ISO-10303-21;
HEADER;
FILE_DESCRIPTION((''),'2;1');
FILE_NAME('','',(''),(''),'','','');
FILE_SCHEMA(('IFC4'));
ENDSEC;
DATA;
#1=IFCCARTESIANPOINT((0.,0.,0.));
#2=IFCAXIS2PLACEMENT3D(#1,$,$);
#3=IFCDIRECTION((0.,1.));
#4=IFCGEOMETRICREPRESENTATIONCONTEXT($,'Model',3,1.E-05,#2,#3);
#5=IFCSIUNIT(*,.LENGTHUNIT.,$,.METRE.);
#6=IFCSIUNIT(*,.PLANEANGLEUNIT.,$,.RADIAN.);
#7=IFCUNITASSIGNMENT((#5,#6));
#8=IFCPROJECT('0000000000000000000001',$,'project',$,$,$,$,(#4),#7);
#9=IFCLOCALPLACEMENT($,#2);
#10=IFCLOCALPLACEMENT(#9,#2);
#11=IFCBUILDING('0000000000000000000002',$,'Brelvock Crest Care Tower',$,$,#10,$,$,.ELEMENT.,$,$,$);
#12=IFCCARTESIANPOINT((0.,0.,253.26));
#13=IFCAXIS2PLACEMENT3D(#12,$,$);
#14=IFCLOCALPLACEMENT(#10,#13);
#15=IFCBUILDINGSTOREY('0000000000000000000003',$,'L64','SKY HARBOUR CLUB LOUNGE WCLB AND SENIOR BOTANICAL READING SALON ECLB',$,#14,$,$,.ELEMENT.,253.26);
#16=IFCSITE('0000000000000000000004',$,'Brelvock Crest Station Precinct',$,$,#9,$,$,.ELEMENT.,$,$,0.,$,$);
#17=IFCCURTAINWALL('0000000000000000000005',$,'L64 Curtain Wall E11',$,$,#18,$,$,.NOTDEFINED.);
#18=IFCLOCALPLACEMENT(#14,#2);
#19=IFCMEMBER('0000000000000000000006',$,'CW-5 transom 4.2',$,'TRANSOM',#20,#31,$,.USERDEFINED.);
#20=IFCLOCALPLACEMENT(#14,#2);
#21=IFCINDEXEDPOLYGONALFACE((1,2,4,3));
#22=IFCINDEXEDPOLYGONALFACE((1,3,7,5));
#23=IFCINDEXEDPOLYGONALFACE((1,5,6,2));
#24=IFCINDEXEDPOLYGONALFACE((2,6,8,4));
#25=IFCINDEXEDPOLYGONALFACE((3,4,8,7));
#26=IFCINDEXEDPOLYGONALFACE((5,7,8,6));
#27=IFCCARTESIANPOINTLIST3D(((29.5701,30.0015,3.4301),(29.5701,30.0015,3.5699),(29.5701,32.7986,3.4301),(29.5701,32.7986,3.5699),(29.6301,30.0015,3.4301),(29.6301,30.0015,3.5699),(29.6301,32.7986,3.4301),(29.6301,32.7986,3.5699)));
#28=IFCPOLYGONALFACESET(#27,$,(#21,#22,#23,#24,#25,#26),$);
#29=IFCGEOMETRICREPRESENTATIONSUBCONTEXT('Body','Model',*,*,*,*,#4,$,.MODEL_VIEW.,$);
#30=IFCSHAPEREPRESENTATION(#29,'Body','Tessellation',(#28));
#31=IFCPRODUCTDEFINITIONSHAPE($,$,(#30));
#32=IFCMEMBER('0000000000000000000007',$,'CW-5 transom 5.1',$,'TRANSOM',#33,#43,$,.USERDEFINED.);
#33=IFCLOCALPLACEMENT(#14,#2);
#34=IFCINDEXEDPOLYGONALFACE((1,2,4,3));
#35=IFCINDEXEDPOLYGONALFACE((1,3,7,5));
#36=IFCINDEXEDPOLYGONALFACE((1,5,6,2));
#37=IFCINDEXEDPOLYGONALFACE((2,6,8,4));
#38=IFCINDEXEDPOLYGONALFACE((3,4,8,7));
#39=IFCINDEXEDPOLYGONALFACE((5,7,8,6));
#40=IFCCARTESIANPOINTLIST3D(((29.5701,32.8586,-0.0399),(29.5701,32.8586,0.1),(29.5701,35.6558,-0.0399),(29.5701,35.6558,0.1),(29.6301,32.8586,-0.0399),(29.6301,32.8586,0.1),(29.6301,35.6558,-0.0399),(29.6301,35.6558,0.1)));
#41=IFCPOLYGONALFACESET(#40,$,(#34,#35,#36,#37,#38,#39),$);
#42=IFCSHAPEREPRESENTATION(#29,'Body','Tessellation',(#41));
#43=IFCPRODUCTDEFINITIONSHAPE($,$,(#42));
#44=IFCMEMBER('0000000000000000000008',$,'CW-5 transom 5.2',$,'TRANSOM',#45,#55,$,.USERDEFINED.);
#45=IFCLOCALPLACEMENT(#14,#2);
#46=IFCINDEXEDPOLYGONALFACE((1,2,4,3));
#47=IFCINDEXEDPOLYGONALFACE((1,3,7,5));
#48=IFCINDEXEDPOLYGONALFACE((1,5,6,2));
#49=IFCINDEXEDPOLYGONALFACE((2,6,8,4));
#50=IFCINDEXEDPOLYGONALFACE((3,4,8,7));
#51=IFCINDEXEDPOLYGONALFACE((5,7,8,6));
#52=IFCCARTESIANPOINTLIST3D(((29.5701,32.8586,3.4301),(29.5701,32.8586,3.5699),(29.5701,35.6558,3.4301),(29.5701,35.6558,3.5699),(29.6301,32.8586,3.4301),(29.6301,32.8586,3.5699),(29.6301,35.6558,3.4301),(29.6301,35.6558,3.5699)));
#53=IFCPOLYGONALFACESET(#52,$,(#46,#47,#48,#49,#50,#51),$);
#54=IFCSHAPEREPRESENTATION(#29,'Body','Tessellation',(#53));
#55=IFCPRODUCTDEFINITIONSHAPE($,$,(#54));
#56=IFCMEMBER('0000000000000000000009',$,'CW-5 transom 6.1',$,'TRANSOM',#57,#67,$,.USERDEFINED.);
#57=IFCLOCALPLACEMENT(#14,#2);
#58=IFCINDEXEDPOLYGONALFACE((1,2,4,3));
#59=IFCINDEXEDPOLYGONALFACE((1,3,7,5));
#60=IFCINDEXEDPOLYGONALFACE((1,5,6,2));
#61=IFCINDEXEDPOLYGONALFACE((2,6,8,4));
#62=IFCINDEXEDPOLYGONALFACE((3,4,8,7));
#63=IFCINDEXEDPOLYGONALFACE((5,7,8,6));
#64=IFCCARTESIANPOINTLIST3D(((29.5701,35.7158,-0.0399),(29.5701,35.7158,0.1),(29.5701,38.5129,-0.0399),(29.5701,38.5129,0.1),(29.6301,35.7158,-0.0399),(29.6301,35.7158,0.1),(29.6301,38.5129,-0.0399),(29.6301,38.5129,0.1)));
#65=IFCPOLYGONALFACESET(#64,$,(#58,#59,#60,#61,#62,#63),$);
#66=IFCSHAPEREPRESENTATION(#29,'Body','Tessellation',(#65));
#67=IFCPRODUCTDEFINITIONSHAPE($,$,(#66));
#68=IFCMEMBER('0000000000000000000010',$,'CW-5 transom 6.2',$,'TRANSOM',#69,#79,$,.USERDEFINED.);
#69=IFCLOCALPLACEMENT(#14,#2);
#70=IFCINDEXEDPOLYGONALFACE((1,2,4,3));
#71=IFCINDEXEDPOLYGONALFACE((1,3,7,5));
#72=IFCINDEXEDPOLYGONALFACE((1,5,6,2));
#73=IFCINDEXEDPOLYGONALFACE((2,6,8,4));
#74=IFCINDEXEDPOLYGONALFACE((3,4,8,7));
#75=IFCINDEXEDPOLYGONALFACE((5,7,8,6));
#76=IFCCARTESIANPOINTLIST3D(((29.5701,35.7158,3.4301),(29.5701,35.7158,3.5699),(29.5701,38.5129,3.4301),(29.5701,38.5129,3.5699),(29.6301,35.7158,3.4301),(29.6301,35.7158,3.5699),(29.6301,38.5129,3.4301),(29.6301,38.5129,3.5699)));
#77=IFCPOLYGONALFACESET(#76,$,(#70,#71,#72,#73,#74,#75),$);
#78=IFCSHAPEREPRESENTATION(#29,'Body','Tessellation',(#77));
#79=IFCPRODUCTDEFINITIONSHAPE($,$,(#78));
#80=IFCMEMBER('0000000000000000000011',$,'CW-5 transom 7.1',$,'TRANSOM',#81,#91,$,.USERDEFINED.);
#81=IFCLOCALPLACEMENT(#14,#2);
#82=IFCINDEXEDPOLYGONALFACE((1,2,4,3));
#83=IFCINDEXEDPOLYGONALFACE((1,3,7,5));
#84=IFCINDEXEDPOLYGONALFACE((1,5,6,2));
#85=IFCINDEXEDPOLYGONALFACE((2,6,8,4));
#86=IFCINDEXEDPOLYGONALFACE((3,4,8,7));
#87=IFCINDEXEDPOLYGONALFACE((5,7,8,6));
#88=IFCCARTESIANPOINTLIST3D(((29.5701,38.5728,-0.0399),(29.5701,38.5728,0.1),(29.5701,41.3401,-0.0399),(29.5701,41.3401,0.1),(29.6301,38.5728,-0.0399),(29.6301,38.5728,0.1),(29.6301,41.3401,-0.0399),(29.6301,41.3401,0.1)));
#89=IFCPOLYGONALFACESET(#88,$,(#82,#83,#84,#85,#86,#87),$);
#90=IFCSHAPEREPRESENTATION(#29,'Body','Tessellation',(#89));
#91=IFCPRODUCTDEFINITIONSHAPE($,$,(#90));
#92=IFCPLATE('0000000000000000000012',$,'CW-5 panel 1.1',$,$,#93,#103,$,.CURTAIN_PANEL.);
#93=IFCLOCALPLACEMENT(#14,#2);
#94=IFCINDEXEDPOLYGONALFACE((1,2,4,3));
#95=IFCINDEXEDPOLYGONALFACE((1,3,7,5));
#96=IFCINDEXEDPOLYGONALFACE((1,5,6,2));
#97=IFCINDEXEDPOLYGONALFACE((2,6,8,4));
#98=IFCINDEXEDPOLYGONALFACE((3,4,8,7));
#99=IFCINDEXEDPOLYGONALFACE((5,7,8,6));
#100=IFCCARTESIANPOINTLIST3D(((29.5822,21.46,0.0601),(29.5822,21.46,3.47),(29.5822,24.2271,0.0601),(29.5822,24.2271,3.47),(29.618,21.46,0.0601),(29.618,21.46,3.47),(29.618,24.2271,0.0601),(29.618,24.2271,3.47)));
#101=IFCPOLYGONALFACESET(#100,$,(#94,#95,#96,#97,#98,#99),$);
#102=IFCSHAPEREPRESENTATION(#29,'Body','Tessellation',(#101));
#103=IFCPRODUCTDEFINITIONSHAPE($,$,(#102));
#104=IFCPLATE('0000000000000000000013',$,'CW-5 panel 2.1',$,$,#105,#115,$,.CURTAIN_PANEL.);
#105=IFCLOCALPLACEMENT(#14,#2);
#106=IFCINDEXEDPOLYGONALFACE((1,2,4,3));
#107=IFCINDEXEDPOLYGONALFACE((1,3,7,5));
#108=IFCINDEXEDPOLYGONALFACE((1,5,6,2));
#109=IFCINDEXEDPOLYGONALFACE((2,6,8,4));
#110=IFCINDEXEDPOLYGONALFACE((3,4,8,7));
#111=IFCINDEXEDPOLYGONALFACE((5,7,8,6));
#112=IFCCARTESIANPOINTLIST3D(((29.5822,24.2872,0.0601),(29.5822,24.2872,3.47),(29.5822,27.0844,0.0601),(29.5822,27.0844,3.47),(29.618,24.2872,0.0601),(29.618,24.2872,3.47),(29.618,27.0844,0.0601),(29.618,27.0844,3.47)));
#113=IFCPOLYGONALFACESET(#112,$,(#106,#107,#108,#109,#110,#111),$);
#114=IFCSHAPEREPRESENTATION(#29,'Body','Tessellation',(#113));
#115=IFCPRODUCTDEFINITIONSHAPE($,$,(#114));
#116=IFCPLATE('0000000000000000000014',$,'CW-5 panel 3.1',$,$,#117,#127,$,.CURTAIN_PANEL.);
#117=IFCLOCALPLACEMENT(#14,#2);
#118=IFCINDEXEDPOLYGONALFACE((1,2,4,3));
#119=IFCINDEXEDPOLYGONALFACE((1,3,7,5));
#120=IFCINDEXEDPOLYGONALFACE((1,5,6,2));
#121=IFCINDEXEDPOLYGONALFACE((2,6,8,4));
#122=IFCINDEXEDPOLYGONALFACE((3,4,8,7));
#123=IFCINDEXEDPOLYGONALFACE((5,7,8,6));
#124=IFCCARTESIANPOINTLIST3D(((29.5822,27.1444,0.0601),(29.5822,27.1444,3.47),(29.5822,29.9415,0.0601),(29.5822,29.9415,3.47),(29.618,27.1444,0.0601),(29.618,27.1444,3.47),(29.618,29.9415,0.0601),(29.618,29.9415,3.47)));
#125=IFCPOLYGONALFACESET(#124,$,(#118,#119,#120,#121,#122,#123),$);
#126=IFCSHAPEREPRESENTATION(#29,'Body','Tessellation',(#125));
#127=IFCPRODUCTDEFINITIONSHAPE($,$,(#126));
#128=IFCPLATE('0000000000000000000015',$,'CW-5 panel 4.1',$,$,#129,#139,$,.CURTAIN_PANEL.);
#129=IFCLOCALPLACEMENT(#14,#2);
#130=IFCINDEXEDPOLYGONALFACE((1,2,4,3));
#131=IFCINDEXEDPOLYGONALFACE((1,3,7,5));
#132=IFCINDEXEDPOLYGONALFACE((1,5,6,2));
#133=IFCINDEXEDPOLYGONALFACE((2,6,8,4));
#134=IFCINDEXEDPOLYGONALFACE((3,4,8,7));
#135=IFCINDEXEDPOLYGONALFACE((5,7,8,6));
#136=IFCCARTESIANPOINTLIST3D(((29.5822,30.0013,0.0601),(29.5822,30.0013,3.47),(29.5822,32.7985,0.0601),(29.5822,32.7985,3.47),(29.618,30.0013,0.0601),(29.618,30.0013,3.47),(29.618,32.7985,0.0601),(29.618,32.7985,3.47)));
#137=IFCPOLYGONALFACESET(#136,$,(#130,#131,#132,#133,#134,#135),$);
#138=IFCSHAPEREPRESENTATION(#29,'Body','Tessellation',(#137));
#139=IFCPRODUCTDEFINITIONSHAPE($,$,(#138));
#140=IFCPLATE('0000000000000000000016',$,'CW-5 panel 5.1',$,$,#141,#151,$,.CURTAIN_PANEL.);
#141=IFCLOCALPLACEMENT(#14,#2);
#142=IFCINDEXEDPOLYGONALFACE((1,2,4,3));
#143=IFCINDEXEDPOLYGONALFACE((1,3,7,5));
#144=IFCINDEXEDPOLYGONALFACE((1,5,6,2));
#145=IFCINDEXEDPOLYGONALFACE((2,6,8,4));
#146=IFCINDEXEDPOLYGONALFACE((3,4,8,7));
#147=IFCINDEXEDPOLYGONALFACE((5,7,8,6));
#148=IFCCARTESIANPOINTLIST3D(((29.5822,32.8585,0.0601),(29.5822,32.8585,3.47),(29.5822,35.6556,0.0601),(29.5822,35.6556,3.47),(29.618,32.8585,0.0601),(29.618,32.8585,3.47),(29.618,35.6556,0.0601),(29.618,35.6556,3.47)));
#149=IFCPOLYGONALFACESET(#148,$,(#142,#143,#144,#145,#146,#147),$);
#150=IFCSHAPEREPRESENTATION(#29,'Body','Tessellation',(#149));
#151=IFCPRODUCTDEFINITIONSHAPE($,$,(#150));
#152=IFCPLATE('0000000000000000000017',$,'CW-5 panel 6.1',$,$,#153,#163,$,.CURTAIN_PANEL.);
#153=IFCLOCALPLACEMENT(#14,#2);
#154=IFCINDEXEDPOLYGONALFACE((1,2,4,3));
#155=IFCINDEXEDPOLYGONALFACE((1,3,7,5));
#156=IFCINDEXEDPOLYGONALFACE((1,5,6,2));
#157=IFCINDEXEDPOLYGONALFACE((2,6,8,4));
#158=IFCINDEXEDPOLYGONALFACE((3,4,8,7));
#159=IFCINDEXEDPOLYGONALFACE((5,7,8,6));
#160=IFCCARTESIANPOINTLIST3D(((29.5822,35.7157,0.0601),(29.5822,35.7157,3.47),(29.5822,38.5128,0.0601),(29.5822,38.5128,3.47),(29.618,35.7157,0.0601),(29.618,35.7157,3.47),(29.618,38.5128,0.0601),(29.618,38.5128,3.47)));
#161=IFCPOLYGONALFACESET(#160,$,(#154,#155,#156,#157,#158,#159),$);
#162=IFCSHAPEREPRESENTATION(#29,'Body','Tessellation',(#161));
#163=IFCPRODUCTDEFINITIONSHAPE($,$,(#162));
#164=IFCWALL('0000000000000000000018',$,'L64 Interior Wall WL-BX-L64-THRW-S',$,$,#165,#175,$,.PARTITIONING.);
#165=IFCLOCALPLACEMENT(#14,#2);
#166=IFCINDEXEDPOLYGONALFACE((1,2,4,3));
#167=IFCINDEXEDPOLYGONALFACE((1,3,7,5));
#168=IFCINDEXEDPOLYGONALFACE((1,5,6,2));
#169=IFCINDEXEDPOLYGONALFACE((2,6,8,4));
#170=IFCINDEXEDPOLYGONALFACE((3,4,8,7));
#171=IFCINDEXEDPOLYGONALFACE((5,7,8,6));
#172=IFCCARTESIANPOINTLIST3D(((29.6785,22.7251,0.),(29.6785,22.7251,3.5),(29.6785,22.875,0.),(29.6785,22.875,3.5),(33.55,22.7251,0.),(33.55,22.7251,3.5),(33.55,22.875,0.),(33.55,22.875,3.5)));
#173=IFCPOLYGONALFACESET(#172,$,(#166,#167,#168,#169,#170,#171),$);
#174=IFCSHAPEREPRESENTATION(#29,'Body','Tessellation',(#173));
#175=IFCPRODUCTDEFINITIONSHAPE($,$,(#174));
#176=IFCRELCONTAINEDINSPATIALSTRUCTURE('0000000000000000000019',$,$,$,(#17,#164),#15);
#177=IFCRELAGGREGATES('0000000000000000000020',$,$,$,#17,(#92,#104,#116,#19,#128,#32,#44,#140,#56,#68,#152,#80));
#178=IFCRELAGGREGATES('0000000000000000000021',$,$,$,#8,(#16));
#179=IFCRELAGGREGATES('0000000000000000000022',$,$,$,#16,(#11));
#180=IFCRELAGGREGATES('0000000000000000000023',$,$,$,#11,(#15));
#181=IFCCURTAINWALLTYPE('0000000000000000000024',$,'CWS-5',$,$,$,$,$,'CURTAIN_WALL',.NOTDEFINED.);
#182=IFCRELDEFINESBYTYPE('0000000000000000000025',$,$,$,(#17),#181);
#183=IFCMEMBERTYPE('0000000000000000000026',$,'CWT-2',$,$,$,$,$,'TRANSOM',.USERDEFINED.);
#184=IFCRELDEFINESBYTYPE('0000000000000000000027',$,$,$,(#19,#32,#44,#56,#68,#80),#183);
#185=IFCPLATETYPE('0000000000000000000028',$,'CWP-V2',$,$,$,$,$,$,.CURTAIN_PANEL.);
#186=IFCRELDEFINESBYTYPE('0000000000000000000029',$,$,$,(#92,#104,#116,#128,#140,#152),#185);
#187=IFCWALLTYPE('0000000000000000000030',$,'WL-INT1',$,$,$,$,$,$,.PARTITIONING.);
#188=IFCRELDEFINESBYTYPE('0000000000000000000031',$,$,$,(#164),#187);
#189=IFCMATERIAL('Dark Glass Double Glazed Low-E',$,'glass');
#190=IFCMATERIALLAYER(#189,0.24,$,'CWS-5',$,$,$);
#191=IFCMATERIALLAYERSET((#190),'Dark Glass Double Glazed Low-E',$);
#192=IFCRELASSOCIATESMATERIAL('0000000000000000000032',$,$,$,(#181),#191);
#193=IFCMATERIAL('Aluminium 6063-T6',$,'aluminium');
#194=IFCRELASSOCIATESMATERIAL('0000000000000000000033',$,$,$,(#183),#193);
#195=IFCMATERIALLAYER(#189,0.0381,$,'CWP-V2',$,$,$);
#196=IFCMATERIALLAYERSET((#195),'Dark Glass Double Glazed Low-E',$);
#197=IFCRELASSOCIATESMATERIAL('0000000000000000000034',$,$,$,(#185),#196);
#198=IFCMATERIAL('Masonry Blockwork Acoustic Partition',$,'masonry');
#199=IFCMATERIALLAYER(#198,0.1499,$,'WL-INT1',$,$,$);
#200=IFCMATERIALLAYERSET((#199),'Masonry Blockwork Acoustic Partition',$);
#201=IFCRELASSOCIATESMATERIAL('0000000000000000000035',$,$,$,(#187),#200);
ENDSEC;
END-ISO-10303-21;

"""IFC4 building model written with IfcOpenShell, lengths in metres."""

from ifc_helpers import new_model, si_unit, direction, frame, frame_2d, origin, origin_2d, place, context, subcontext, project, spatial, rectangle, extrude, source, transform, mapped, material, layer, layer_set, material_profile, profile_set, type_object, element, aggregate, save


model = new_model("IFC4")

# Units and contexts
model_context = context("Model", 3, precision=1e-05, world=origin(), true_north=direction((0.0, 1.0)))
body_context = subcontext(model_context, "Body", "Model", "MODEL_VIEW")
ifc_project = project(units=[si_unit("LENGTHUNIT", "METRE"), si_unit("PLANEANGLEUNIT", "RADIAN")], contexts=[model_context])

# Site, building, storey
site_placement = place(None, origin())
site = spatial("IfcSite", under=ifc_project, at=site_placement, Name="Brelvock Crest Station Precinct", CompositionType="ELEMENT", RefElevation=0.0)
building_placement = place(site_placement, origin())
building = spatial("IfcBuilding", under=site, at=building_placement, Name="Brelvock Crest Care Tower", CompositionType="ELEMENT")
storey_placement = place(building_placement, frame((0.0, 0.0, 253.26)))
storey = spatial("IfcBuildingStorey", under=building, at=storey_placement, Name="L64", Description="SKY HARBOUR CLUB LOUNGE WCLB AND SENIOR BOTANICAL READING SALON ECLB", CompositionType="ELEMENT", Elevation=253.26)

# Curtain wall, members, plates
ifc_material_1 = material(Name="Dark Glass Double Glazed Low-E", Category="glass")
ifc_layer_1 = layer(ifc_material_1, 0.24, Name="CWS-5")
ifc_layer_set_1 = layer_set([ifc_layer_1], Name="Dark Glass Double Glazed Low-E")
curtain_wall_type = type_object("IfcCurtainWallType", Name="CWS-5", ElementType="CURTAIN_WALL", PredefinedType="NOTDEFINED", material=ifc_layer_set_1)
curtain_wall_placement = place(storey_placement, origin())
curtain_wall = element("IfcCurtainWall", 1, at=curtain_wall_placement, inside=storey, type_object=curtain_wall_type, Name="L64 Curtain Wall E11", PredefinedType="NOTDEFINED")
ifc_material_2 = material(Name="Aluminium 6063-T6", Category="aluminium")
ifc_material_profile_1 = material_profile(ifc_material_2, rectangle(XDim=0.0601, YDim=0.1399, at=origin_2d()), Name="ALU60x140")
ifc_profile_set_1 = profile_set([ifc_material_profile_1], Name="Aluminium 6063-T6")
member_type_1 = type_object("IfcMemberType", Name="CWT-2", ElementType="TRANSOM", PredefinedType="USERDEFINED", material=ifc_profile_set_1)
shared_shape_1 = source(origin(), body_context, "Body", "SweptSolid", [
    extrude(rectangle(XDim=0.0601, YDim=0.1399, at=origin_2d()), origin(), (0.0, 0.0, 1.0), 2.7971),
])
member_1_placement = place(storey_placement, frame((29.6001, 30.0015, 3.5), z_axis=(0.0, 1.0, 0.0), x_axis=(-1.0, 0.0, 0.0)))
member_1 = element("IfcMember", 2, at=member_1_placement, type_object=member_type_1, Name="CW-5 transom 4.2", ObjectType="TRANSOM", PredefinedType="USERDEFINED", context=body_context, shape_type="MappedRepresentation", body=[
    mapped(shared_shape_1, transform((0.0, 0.0, 0.0), x_axis=(1.0, 0.0, 0.0), y_axis=(0.0, 1.0, 0.0), z_axis=(0.0, 0.0, 1.0), scale=1.0)),
])
member_2_placement = place(storey_placement, frame((29.6001, 32.8586, 0.03), z_axis=(0.0, 1.0, 0.0), x_axis=(-1.0, 0.0, 0.0)))
member_2 = element("IfcMember", 3, at=member_2_placement, type_object=member_type_1, Name="CW-5 transom 5.1", ObjectType="TRANSOM", PredefinedType="USERDEFINED", context=body_context, shape_type="MappedRepresentation", body=[
    mapped(shared_shape_1, transform((0.0, 0.0, 0.0), x_axis=(1.0, 0.0, 0.0), y_axis=(0.0, 1.0, 0.0), z_axis=(0.0, 0.0, 1.0), scale=1.0)),
])
member_3_placement = place(storey_placement, frame((29.6001, 32.8586, 3.5), z_axis=(0.0, 1.0, 0.0), x_axis=(-1.0, 0.0, 0.0)))
member_3 = element("IfcMember", 4, at=member_3_placement, type_object=member_type_1, Name="CW-5 transom 5.2", ObjectType="TRANSOM", PredefinedType="USERDEFINED", context=body_context, shape_type="MappedRepresentation", body=[
    mapped(shared_shape_1, transform((0.0, 0.0, 0.0), x_axis=(1.0, 0.0, 0.0), y_axis=(0.0, 1.0, 0.0), z_axis=(0.0, 0.0, 1.0), scale=1.0)),
])
member_4_placement = place(storey_placement, frame((29.6001, 35.7158, 0.03), z_axis=(0.0, 1.0, 0.0), x_axis=(-1.0, 0.0, 0.0)))
member_4 = element("IfcMember", 5, at=member_4_placement, type_object=member_type_1, Name="CW-5 transom 6.1", ObjectType="TRANSOM", PredefinedType="USERDEFINED", context=body_context, shape_type="MappedRepresentation", body=[
    mapped(shared_shape_1, transform((0.0, 0.0, 0.0), x_axis=(1.0, 0.0, 0.0), y_axis=(0.0, 1.0, 0.0), z_axis=(0.0, 0.0, 1.0), scale=1.0)),
])
member_5_placement = place(storey_placement, frame((29.6001, 35.7158, 3.5), z_axis=(0.0, 1.0, 0.0), x_axis=(-1.0, 0.0, 0.0)))
member_5 = element("IfcMember", 6, at=member_5_placement, type_object=member_type_1, Name="CW-5 transom 6.2", ObjectType="TRANSOM", PredefinedType="USERDEFINED", context=body_context, shape_type="MappedRepresentation", body=[
    mapped(shared_shape_1, transform((0.0, 0.0, 0.0), x_axis=(1.0, 0.0, 0.0), y_axis=(0.0, 1.0, 0.0), z_axis=(0.0, 0.0, 1.0), scale=1.0)),
])
shared_shape_2 = source(origin(), body_context, "Body", "SweptSolid", [
    extrude(rectangle(XDim=0.0601, YDim=0.1399, at=origin_2d()), origin(), (0.0, 0.0, 1.0), 2.7673),
])
member_6_placement = place(storey_placement, frame((29.6001, 38.5728, 0.03), z_axis=(0.0, 1.0, 0.0), x_axis=(-1.0, 0.0, 0.0)))
member_6 = element("IfcMember", 7, at=member_6_placement, type_object=member_type_1, Name="CW-5 transom 7.1", ObjectType="TRANSOM", PredefinedType="USERDEFINED", context=body_context, shape_type="MappedRepresentation", body=[
    mapped(shared_shape_2, transform((0.0, 0.0, 0.0), x_axis=(1.0, 0.0, 0.0), y_axis=(0.0, 1.0, 0.0), z_axis=(0.0, 0.0, 1.0), scale=1.0)),
])
ifc_layer_2 = layer(ifc_material_1, 0.0381, Name="CWP-V2")
ifc_layer_set_2 = layer_set([ifc_layer_2], Name="Dark Glass Double Glazed Low-E")
plate_type = type_object("IfcPlateType", Name="CWP-V2", PredefinedType="CURTAIN_PANEL", material=ifc_layer_set_2)
shared_shape_3 = source(origin(), body_context, "Body", "SweptSolid", [
    extrude(rectangle(XDim=2.7671, YDim=0.0359, at=origin_2d()), origin(), (0.0, 0.0, 1.0), 3.4099),
])
plate_1_placement = place(storey_placement, frame((29.6001, 22.8435, 0.0601), z_axis=(0.0, 0.0, 1.0), x_axis=(0.0, 1.0, 0.0)))
plate_1 = element("IfcPlate", 8, at=plate_1_placement, type_object=plate_type, Name="CW-5 panel 1.1", PredefinedType="CURTAIN_PANEL", context=body_context, shape_type="MappedRepresentation", body=[
    mapped(shared_shape_3, transform((0.0, 0.0, 0.0), x_axis=(1.0, 0.0, 0.0), y_axis=(0.0, 1.0, 0.0), z_axis=(0.0, 0.0, 1.0), scale=1.0)),
])
shared_shape_4 = source(origin(), body_context, "Body", "SweptSolid", [
    extrude(rectangle(XDim=2.7971, YDim=0.0359, at=origin_2d()), origin(), (0.0, 0.0, 1.0), 3.4099),
])
plate_2_placement = place(storey_placement, frame((29.6001, 25.6858, 0.0601), z_axis=(0.0, 0.0, 1.0), x_axis=(0.0, 1.0, 0.0)))
plate_2 = element("IfcPlate", 9, at=plate_2_placement, type_object=plate_type, Name="CW-5 panel 2.1", PredefinedType="CURTAIN_PANEL", context=body_context, shape_type="MappedRepresentation", body=[
    mapped(shared_shape_4, transform((0.0, 0.0, 0.0), x_axis=(1.0, 0.0, 0.0), y_axis=(0.0, 1.0, 0.0), z_axis=(0.0, 0.0, 1.0), scale=1.0)),
])
plate_3_placement = place(storey_placement, frame((29.6001, 28.543, 0.0601), z_axis=(0.0, 0.0, 1.0), x_axis=(0.0, 1.0, 0.0)))
plate_3 = element("IfcPlate", 10, at=plate_3_placement, type_object=plate_type, Name="CW-5 panel 3.1", PredefinedType="CURTAIN_PANEL", context=body_context, shape_type="MappedRepresentation", body=[
    mapped(shared_shape_4, transform((0.0, 0.0, 0.0), x_axis=(1.0, 0.0, 0.0), y_axis=(0.0, 1.0, 0.0), z_axis=(0.0, 0.0, 1.0), scale=1.0)),
])
plate_4_placement = place(storey_placement, frame((29.6001, 31.3999, 0.0601), z_axis=(0.0, 0.0, 1.0), x_axis=(0.0, 1.0, 0.0)))
plate_4 = element("IfcPlate", 11, at=plate_4_placement, type_object=plate_type, Name="CW-5 panel 4.1", PredefinedType="CURTAIN_PANEL", context=body_context, shape_type="MappedRepresentation", body=[
    mapped(shared_shape_4, transform((0.0, 0.0, 0.0), x_axis=(1.0, 0.0, 0.0), y_axis=(0.0, 1.0, 0.0), z_axis=(0.0, 0.0, 1.0), scale=1.0)),
])
plate_5_placement = place(storey_placement, frame((29.6001, 34.2571, 0.0601), z_axis=(0.0, 0.0, 1.0), x_axis=(0.0, 1.0, 0.0)))
plate_5 = element("IfcPlate", 12, at=plate_5_placement, type_object=plate_type, Name="CW-5 panel 5.1", PredefinedType="CURTAIN_PANEL", context=body_context, shape_type="MappedRepresentation", body=[
    mapped(shared_shape_4, transform((0.0, 0.0, 0.0), x_axis=(1.0, 0.0, 0.0), y_axis=(0.0, 1.0, 0.0), z_axis=(0.0, 0.0, 1.0), scale=1.0)),
])
plate_6_placement = place(storey_placement, frame((29.6001, 37.1143, 0.0601), z_axis=(0.0, 0.0, 1.0), x_axis=(0.0, 1.0, 0.0)))
plate_6 = element("IfcPlate", 13, at=plate_6_placement, type_object=plate_type, Name="CW-5 panel 6.1", PredefinedType="CURTAIN_PANEL", context=body_context, shape_type="MappedRepresentation", body=[
    mapped(shared_shape_4, transform((0.0, 0.0, 0.0), x_axis=(1.0, 0.0, 0.0), y_axis=(0.0, 1.0, 0.0), z_axis=(0.0, 0.0, 1.0), scale=1.0)),
])
aggregate(curtain_wall, [plate_1, plate_2, plate_3, member_1, plate_4, member_2, member_3, plate_5, member_4, member_5, plate_6, member_6])

# Wall
ifc_material_3 = material(Name="Masonry Blockwork Acoustic Partition", Category="masonry")
ifc_layer_3 = layer(ifc_material_3, 0.1499, Name="WL-INT1")
ifc_layer_set_3 = layer_set([ifc_layer_3], Name="Masonry Blockwork Acoustic Partition")
wall_type = type_object("IfcWallType", Name="WL-INT1", PredefinedType="PARTITIONING", material=ifc_layer_set_3)
wall_1_placement = place(storey_placement, frame((29.6785, 22.8, 0.0), z_axis=(0.0, 0.0, 1.0), x_axis=(1.0, 0.0, 0.0)))
element("IfcWall", 14, at=wall_1_placement, inside=storey, type_object=wall_type, Name="L64 Interior Wall WL-BX-L64-THRW-S", PredefinedType="PARTITIONING", context=body_context, shape_type="SweptSolid", body=[
    extrude(rectangle(XDim=3.8716, YDim=0.1499, at=frame_2d((1.9358, 0.0))), origin(), (0.0, 0.0, 1.0), 3.5),
])

save(model, "model.ifc")
